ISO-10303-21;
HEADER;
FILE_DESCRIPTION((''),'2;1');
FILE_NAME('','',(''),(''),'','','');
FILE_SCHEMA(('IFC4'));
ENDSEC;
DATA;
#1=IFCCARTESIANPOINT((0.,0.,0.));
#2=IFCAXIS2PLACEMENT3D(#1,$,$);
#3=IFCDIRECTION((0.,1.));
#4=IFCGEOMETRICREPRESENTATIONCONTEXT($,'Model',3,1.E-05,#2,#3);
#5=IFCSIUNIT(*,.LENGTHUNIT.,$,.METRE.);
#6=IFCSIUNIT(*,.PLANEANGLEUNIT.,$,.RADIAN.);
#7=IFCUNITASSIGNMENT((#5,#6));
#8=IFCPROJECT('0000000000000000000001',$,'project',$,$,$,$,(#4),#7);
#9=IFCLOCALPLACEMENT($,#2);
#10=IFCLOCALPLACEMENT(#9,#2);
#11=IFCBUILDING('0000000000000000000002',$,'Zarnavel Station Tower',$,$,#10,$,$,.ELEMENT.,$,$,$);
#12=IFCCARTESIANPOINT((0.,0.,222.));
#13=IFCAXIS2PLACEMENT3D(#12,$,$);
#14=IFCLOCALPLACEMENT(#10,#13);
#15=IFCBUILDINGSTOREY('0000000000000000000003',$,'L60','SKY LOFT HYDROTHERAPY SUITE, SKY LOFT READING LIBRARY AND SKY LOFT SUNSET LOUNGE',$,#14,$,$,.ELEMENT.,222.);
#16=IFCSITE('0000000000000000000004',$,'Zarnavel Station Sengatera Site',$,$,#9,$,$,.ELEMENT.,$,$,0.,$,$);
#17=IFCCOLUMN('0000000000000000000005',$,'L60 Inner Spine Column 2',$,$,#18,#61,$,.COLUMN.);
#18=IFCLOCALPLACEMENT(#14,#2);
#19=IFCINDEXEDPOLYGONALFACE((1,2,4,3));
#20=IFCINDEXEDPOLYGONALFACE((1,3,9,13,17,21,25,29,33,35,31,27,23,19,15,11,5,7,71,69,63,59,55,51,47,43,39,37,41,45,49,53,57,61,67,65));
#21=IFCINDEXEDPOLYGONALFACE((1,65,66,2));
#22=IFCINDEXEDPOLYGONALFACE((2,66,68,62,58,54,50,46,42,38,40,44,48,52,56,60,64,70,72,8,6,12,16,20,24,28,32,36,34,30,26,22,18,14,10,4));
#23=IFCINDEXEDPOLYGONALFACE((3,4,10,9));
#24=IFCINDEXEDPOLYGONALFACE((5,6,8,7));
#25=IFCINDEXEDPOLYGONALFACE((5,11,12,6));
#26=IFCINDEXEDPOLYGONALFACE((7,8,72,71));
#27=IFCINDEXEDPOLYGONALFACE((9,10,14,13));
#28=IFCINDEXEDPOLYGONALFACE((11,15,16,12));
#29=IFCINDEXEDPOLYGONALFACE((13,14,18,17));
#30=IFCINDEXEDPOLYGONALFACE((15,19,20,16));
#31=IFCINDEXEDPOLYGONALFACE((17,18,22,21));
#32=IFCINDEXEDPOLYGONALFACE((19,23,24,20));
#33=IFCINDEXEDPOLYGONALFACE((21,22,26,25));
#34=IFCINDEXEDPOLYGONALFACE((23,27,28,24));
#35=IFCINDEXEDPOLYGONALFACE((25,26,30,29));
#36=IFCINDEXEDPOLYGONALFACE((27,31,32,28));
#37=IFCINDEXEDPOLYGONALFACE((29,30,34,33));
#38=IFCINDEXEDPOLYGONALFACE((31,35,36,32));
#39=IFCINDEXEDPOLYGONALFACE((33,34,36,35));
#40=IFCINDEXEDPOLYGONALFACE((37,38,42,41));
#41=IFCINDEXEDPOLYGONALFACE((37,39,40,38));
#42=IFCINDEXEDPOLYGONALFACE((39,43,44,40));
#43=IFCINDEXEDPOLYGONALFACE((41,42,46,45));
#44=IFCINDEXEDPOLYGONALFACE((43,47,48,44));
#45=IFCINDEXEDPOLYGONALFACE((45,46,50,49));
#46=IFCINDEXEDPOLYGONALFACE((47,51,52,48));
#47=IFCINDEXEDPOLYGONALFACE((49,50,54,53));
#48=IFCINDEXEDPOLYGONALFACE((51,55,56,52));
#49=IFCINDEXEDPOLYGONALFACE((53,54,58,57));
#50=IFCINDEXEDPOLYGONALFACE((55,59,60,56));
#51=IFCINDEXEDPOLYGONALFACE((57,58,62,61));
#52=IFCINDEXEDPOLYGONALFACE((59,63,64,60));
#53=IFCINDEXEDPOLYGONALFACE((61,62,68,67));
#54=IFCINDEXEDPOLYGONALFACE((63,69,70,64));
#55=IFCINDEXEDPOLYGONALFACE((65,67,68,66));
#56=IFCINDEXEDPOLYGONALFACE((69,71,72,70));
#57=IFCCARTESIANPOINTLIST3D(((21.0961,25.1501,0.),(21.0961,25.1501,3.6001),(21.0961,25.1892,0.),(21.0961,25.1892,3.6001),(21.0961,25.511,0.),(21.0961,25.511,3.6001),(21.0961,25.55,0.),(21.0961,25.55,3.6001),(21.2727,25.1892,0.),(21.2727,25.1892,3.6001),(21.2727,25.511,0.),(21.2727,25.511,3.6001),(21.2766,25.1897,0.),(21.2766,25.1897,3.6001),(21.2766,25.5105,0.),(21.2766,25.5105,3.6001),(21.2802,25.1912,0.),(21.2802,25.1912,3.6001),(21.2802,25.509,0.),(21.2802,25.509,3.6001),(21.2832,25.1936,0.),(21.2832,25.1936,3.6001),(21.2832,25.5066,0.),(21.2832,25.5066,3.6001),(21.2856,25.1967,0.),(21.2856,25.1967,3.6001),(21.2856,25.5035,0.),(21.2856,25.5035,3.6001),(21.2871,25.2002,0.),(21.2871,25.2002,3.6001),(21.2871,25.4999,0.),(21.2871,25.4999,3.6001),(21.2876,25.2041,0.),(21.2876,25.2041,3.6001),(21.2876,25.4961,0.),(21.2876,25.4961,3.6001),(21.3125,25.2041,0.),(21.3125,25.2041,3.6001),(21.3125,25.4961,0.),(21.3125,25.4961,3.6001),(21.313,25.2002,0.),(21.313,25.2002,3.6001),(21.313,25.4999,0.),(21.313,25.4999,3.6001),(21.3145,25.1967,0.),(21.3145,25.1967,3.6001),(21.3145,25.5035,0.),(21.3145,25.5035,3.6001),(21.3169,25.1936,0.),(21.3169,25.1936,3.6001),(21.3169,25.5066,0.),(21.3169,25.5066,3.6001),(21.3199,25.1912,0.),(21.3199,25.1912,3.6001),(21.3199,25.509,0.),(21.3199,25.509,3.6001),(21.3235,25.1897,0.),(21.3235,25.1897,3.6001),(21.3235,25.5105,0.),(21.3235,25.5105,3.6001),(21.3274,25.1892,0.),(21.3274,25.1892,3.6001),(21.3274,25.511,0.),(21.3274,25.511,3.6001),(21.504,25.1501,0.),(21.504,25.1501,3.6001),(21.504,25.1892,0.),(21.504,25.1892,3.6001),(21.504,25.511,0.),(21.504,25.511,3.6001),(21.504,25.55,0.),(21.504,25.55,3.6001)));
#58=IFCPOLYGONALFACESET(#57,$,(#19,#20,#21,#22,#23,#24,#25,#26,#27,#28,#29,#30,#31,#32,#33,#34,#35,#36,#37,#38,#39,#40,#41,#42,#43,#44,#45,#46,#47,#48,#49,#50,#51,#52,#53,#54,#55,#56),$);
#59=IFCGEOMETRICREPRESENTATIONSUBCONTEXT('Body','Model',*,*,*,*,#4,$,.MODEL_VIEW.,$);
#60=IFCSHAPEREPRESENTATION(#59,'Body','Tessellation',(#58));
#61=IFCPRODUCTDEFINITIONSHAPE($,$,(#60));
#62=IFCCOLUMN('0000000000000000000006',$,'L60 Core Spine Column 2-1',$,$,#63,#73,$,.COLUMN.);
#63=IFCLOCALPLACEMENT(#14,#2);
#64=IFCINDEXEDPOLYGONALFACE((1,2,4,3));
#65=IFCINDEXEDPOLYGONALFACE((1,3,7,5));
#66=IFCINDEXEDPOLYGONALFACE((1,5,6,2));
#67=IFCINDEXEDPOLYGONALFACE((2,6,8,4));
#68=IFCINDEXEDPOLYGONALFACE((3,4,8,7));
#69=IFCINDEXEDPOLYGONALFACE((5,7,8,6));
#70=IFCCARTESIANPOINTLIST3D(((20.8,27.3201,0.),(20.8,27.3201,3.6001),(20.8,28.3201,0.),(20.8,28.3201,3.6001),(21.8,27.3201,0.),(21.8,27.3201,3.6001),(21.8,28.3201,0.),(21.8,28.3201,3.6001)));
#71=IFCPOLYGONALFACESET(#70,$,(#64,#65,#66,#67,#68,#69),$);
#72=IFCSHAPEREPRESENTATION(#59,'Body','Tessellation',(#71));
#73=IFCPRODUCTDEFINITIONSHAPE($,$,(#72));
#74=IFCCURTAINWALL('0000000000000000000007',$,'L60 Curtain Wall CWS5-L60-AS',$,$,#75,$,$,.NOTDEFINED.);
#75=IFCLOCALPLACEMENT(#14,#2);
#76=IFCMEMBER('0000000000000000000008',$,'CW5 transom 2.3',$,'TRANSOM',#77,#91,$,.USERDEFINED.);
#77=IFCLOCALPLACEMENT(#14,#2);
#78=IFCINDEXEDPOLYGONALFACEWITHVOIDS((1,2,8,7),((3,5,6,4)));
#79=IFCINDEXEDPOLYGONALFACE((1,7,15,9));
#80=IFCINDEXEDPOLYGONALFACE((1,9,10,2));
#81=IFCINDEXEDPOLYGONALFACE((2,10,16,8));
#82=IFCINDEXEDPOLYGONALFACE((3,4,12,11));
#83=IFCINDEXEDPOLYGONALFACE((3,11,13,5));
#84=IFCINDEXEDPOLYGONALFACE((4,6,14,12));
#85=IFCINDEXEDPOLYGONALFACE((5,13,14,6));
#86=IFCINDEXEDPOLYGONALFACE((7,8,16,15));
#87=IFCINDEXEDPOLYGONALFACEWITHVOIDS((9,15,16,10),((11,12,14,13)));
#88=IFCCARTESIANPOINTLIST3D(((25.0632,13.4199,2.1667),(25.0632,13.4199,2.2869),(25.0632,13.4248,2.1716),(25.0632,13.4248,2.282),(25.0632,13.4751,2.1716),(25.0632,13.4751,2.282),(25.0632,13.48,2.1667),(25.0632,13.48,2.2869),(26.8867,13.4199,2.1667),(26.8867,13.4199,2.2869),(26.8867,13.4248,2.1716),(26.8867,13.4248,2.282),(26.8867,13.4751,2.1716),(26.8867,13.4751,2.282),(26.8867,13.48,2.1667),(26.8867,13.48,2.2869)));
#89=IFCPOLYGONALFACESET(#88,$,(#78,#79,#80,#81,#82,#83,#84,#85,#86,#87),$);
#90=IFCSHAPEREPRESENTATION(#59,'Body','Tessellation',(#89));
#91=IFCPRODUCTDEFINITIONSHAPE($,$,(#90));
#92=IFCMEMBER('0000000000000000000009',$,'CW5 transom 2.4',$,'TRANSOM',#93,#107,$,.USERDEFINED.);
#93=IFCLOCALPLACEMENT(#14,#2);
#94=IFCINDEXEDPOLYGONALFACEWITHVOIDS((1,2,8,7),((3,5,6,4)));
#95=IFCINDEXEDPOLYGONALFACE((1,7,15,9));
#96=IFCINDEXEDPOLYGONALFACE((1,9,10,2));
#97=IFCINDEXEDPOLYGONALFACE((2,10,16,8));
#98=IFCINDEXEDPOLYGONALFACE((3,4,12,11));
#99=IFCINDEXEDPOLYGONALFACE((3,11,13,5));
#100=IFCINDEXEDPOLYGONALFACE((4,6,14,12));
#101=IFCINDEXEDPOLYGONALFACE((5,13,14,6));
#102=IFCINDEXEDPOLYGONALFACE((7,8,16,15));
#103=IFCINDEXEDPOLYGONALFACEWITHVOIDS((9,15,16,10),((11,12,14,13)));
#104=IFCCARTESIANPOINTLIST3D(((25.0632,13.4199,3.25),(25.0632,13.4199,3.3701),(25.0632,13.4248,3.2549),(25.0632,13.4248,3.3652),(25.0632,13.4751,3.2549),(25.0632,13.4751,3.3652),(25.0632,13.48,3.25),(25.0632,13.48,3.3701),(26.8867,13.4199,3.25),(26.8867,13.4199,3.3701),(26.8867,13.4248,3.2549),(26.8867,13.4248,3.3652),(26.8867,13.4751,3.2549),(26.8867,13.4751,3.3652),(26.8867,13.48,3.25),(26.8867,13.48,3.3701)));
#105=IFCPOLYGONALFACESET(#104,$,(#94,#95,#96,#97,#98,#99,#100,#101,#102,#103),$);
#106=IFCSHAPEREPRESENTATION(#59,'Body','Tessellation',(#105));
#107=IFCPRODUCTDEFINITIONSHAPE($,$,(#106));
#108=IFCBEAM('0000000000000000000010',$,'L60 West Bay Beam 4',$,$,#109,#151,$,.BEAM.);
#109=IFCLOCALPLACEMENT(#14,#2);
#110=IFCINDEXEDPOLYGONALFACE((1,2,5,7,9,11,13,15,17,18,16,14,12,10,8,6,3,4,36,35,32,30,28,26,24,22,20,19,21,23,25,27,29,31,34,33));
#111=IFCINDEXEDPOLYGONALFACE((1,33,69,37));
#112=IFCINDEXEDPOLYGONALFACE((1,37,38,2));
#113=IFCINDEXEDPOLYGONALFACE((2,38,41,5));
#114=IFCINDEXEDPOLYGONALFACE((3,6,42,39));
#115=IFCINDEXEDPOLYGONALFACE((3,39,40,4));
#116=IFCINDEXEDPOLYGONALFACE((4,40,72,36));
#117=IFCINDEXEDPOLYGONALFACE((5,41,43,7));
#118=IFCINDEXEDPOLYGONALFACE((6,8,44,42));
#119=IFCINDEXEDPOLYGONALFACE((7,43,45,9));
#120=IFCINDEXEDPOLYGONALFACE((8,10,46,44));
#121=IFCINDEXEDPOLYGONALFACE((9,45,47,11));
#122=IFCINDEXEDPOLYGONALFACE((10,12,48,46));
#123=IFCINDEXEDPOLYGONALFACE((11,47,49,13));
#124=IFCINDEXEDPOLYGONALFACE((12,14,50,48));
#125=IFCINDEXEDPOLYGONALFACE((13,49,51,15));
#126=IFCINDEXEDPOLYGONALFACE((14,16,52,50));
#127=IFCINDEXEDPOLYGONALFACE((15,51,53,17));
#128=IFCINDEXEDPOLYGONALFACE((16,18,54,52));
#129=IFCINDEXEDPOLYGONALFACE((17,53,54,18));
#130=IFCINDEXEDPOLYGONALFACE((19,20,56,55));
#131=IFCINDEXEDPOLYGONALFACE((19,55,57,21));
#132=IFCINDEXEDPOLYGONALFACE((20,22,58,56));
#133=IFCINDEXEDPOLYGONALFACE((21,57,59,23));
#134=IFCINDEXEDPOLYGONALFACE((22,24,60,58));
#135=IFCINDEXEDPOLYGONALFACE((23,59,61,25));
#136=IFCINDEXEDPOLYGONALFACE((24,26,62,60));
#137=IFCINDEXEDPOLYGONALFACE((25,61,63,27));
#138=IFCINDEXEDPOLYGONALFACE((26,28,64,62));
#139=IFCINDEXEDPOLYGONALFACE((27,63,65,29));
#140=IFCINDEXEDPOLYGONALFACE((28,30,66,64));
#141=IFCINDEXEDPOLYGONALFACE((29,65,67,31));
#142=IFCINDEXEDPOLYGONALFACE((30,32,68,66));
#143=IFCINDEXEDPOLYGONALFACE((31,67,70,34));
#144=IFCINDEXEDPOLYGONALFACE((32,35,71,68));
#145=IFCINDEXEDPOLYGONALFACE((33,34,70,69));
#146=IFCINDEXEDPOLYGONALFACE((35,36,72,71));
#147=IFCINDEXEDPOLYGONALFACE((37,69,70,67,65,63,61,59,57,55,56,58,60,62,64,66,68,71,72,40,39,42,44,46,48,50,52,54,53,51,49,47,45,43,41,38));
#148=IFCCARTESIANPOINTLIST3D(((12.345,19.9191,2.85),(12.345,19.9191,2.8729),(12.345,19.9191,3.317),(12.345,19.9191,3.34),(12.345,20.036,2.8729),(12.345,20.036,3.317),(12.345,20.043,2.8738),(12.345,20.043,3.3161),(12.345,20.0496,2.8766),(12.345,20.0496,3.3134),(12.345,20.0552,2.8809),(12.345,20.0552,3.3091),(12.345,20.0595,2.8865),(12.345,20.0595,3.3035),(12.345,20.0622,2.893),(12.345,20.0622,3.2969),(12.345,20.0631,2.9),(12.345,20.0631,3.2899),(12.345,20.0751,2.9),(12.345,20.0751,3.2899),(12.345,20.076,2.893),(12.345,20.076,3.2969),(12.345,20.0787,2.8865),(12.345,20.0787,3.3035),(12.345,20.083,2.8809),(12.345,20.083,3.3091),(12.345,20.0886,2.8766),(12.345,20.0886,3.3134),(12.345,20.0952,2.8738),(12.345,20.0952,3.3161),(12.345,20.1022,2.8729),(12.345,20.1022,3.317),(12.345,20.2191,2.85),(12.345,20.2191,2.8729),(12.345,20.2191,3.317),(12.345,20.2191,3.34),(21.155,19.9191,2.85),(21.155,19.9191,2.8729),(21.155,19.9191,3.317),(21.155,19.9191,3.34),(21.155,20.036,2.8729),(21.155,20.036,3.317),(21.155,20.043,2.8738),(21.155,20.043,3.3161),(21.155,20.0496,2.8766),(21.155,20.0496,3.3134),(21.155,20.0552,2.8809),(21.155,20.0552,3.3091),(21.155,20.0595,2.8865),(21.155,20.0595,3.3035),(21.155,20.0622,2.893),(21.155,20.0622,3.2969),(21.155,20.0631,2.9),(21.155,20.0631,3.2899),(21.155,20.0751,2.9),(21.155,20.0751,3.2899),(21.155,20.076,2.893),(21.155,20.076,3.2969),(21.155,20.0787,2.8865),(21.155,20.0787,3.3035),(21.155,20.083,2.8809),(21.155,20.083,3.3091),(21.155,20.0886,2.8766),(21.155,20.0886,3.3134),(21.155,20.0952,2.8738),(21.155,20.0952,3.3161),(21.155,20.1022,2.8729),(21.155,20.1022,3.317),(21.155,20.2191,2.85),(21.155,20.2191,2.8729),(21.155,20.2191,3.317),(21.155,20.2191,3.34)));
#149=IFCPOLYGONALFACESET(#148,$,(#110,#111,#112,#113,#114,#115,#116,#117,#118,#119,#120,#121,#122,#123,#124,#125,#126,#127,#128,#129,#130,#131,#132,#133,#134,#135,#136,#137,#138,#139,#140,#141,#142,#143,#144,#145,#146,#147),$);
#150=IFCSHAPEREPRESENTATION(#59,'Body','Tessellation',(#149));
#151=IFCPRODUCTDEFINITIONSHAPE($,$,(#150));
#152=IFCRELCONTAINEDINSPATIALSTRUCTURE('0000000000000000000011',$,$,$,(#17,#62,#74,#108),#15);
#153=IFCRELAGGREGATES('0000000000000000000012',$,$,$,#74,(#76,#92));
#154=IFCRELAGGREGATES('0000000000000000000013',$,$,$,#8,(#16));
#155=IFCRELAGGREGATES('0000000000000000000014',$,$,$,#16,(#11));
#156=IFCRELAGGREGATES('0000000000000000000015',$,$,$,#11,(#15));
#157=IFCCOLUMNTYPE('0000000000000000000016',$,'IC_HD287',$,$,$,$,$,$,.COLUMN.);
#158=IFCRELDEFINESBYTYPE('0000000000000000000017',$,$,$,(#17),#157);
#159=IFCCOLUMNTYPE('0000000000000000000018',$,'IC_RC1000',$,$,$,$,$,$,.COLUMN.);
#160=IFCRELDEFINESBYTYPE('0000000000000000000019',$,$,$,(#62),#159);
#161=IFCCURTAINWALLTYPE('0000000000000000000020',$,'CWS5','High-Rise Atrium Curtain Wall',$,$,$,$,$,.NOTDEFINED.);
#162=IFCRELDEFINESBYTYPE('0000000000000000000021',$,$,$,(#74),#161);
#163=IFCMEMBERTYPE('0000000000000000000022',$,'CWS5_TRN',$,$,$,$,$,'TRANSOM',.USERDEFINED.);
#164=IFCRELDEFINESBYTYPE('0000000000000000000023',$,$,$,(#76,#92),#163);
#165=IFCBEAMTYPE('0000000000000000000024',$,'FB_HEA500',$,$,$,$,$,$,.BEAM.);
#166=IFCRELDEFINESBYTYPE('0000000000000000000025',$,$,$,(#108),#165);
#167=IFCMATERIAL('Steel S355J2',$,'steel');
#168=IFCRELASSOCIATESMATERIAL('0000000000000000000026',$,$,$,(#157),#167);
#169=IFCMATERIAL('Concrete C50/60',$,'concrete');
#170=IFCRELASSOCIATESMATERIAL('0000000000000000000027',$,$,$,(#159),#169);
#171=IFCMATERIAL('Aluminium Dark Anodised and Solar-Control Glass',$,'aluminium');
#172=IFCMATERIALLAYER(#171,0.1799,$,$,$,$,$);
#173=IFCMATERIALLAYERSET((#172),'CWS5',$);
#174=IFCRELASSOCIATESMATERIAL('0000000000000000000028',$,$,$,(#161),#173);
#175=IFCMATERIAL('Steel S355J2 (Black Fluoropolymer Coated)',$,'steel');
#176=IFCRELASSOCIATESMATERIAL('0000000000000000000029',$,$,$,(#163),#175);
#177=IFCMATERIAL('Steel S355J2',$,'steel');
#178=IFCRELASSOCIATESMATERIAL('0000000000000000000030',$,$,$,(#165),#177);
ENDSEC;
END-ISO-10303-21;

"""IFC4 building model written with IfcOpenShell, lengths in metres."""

from ifc_helpers import new_model, si_unit, direction, frame, origin, origin_2d, place, context, subcontext, project, spatial, rectangle, hollow_rectangle, i_section, extrude, material, layer, layer_set, material_profile, profile_set, type_object, element, aggregate, save


model = new_model("IFC4")

# Units and contexts
model_context = context("Model", 3, precision=1e-05, world=origin(), true_north=direction((0.0, 1.0)))
body_context = subcontext(model_context, "Body", "Model", "MODEL_VIEW")
ifc_project = project(units=[si_unit("LENGTHUNIT", "METRE"), si_unit("PLANEANGLEUNIT", "RADIAN")], contexts=[model_context])

# Site, building, storey
site_placement = place(None, origin())
site = spatial("IfcSite", under=ifc_project, at=site_placement, Name="Zarnavel Station Sengatera Site", CompositionType="ELEMENT", RefElevation=0.0)
building_placement = place(site_placement, origin())
building = spatial("IfcBuilding", under=site, at=building_placement, Name="Zarnavel Station Tower", CompositionType="ELEMENT")
storey_placement = place(building_placement, frame((0.0, 0.0, 222.0)))
storey = spatial("IfcBuildingStorey", under=building, at=storey_placement, Name="L60", Description="SKY LOFT HYDROTHERAPY SUITE, SKY LOFT READING LIBRARY AND SKY LOFT SUNSET LOUNGE", CompositionType="ELEMENT", Elevation=222.0)

# Columns
ifc_material_1 = material(Name="Steel S355J2", Category="steel")
ifc_material_profile_1 = material_profile(ifc_material_1, i_section(OverallWidth=0.408, OverallDepth=0.3999, WebThickness=0.0249, FlangeThickness=0.0391, FilletRadius=0.0149, at=origin_2d()), Name="HD400x287")
ifc_profile_set_1 = profile_set([ifc_material_profile_1], Name="Steel S355J2")
column_type_1 = type_object("IfcColumnType", Name="IC_HD287", PredefinedType="COLUMN", material=ifc_profile_set_1)
column_1_placement = place(storey_placement, frame((21.3, 25.3501, 0.0), z_axis=(0.0, 0.0, 1.0), x_axis=(1.0, 0.0, 0.0)))
element("IfcColumn", 1, at=column_1_placement, inside=storey, type_object=column_type_1, Name="L60 Inner Spine Column 2", PredefinedType="COLUMN", context=body_context, shape_type="SweptSolid", body=[
    extrude(i_section(OverallWidth=0.408, OverallDepth=0.3999, WebThickness=0.0249, FlangeThickness=0.0391, FilletRadius=0.0149, at=origin_2d()), origin(), (0.0, 0.0, 1.0), 3.6001),
])
ifc_material_2 = material(Name="Concrete C50/60", Category="concrete")
ifc_material_profile_2 = material_profile(ifc_material_2, rectangle(XDim=1.0, YDim=1.0, at=origin_2d()), Name="RC1000x1000")
ifc_profile_set_2 = profile_set([ifc_material_profile_2], Name="Concrete C50/60")
column_type_2 = type_object("IfcColumnType", Name="IC_RC1000", PredefinedType="COLUMN", material=ifc_profile_set_2)
column_2_placement = place(storey_placement, frame((21.3, 27.8201, 0.0), z_axis=(0.0, 0.0, 1.0), x_axis=(1.0, 0.0, 0.0)))
element("IfcColumn", 2, at=column_2_placement, inside=storey, type_object=column_type_2, Name="L60 Core Spine Column 2-1", PredefinedType="COLUMN", context=body_context, shape_type="SweptSolid", body=[
    extrude(rectangle(XDim=1.0, YDim=1.0, at=origin_2d()), origin(), (0.0, 0.0, 1.0), 3.6001),
])

# Curtain wall, members
ifc_material_3 = material(Name="Aluminium Dark Anodised and Solar-Control Glass", Category="aluminium")
ifc_layer_1 = layer(ifc_material_3, 0.1799)
ifc_layer_set_1 = layer_set([ifc_layer_1], Name="CWS5")
curtain_wall_type = type_object("IfcCurtainWallType", Name="CWS5", Description="High-Rise Atrium Curtain Wall", PredefinedType="NOTDEFINED", material=ifc_layer_set_1)
curtain_wall_placement = place(storey_placement, origin())
curtain_wall = element("IfcCurtainWall", 3, at=curtain_wall_placement, inside=storey, type_object=curtain_wall_type, Name="L60 Curtain Wall CWS5-L60-AS", PredefinedType="NOTDEFINED")
ifc_material_4 = material(Name="Steel S355J2 (Black Fluoropolymer Coated)", Category="steel")
ifc_material_profile_3 = material_profile(ifc_material_4, hollow_rectangle(XDim=0.0601, YDim=0.1201, WallThickness=0.0049, at=origin_2d()), Name="RHS120x60x5")
ifc_profile_set_3 = profile_set([ifc_material_profile_3], Name="Steel S355J2 (Black Fluoropolymer Coated)")
member_type = type_object("IfcMemberType", Name="CWS5_TRN", ElementType="TRANSOM", PredefinedType="USERDEFINED", material=ifc_profile_set_3)
member_1_placement = place(storey_placement, frame((25.0632, 13.45, 2.2268), z_axis=(1.0, 0.0, 0.0), x_axis=(0.0, 1.0, 0.0)))
member_1 = element("IfcMember", 4, at=member_1_placement, type_object=member_type, Name="CW5 transom 2.3", ObjectType="TRANSOM", PredefinedType="USERDEFINED", context=body_context, shape_type="SweptSolid", body=[
    extrude(hollow_rectangle(XDim=0.0601, YDim=0.1201, WallThickness=0.0049, at=origin_2d()), origin(), (0.0, 0.0, 1.0), 1.8235),
])
member_2_placement = place(storey_placement, frame((25.0632, 13.45, 3.3101), z_axis=(1.0, 0.0, 0.0), x_axis=(0.0, 1.0, 0.0)))
member_2 = element("IfcMember", 5, at=member_2_placement, type_object=member_type, Name="CW5 transom 2.4", ObjectType="TRANSOM", PredefinedType="USERDEFINED", context=body_context, shape_type="SweptSolid", body=[
    extrude(hollow_rectangle(XDim=0.0601, YDim=0.1201, WallThickness=0.0049, at=origin_2d()), origin(), (0.0, 0.0, 1.0), 1.8235),
])
aggregate(curtain_wall, [member_1, member_2])

# Beam
ifc_material_5 = material(Name="Steel S355J2", Category="steel")
ifc_material_profile_4 = material_profile(ifc_material_5, i_section(OverallWidth=0.3, OverallDepth=0.49, WebThickness=0.012, FlangeThickness=0.0229, FilletRadius=0.0271, at=origin_2d()), Name="HEA500")
ifc_profile_set_4 = profile_set([ifc_material_profile_4], Name="Steel S355J2")
beam_type_1 = type_object("IfcBeamType", Name="FB_HEA500", PredefinedType="BEAM", material=ifc_profile_set_4)
beam_1_placement = place(storey_placement, frame((12.345, 20.0691, 3.095), z_axis=(1.0, 0.0, 0.0), x_axis=(0.0, 1.0, 0.0)))
element("IfcBeam", 6, at=beam_1_placement, inside=storey, type_object=beam_type_1, Name="L60 West Bay Beam 4", PredefinedType="BEAM", context=body_context, shape_type="SweptSolid", body=[
    extrude(i_section(OverallWidth=0.3, OverallDepth=0.49, WebThickness=0.012, FlangeThickness=0.0229, FilletRadius=0.0271, at=origin_2d()), origin(), (0.0, 0.0, 1.0), 8.8101),
])

save(model, "model.ifc")
